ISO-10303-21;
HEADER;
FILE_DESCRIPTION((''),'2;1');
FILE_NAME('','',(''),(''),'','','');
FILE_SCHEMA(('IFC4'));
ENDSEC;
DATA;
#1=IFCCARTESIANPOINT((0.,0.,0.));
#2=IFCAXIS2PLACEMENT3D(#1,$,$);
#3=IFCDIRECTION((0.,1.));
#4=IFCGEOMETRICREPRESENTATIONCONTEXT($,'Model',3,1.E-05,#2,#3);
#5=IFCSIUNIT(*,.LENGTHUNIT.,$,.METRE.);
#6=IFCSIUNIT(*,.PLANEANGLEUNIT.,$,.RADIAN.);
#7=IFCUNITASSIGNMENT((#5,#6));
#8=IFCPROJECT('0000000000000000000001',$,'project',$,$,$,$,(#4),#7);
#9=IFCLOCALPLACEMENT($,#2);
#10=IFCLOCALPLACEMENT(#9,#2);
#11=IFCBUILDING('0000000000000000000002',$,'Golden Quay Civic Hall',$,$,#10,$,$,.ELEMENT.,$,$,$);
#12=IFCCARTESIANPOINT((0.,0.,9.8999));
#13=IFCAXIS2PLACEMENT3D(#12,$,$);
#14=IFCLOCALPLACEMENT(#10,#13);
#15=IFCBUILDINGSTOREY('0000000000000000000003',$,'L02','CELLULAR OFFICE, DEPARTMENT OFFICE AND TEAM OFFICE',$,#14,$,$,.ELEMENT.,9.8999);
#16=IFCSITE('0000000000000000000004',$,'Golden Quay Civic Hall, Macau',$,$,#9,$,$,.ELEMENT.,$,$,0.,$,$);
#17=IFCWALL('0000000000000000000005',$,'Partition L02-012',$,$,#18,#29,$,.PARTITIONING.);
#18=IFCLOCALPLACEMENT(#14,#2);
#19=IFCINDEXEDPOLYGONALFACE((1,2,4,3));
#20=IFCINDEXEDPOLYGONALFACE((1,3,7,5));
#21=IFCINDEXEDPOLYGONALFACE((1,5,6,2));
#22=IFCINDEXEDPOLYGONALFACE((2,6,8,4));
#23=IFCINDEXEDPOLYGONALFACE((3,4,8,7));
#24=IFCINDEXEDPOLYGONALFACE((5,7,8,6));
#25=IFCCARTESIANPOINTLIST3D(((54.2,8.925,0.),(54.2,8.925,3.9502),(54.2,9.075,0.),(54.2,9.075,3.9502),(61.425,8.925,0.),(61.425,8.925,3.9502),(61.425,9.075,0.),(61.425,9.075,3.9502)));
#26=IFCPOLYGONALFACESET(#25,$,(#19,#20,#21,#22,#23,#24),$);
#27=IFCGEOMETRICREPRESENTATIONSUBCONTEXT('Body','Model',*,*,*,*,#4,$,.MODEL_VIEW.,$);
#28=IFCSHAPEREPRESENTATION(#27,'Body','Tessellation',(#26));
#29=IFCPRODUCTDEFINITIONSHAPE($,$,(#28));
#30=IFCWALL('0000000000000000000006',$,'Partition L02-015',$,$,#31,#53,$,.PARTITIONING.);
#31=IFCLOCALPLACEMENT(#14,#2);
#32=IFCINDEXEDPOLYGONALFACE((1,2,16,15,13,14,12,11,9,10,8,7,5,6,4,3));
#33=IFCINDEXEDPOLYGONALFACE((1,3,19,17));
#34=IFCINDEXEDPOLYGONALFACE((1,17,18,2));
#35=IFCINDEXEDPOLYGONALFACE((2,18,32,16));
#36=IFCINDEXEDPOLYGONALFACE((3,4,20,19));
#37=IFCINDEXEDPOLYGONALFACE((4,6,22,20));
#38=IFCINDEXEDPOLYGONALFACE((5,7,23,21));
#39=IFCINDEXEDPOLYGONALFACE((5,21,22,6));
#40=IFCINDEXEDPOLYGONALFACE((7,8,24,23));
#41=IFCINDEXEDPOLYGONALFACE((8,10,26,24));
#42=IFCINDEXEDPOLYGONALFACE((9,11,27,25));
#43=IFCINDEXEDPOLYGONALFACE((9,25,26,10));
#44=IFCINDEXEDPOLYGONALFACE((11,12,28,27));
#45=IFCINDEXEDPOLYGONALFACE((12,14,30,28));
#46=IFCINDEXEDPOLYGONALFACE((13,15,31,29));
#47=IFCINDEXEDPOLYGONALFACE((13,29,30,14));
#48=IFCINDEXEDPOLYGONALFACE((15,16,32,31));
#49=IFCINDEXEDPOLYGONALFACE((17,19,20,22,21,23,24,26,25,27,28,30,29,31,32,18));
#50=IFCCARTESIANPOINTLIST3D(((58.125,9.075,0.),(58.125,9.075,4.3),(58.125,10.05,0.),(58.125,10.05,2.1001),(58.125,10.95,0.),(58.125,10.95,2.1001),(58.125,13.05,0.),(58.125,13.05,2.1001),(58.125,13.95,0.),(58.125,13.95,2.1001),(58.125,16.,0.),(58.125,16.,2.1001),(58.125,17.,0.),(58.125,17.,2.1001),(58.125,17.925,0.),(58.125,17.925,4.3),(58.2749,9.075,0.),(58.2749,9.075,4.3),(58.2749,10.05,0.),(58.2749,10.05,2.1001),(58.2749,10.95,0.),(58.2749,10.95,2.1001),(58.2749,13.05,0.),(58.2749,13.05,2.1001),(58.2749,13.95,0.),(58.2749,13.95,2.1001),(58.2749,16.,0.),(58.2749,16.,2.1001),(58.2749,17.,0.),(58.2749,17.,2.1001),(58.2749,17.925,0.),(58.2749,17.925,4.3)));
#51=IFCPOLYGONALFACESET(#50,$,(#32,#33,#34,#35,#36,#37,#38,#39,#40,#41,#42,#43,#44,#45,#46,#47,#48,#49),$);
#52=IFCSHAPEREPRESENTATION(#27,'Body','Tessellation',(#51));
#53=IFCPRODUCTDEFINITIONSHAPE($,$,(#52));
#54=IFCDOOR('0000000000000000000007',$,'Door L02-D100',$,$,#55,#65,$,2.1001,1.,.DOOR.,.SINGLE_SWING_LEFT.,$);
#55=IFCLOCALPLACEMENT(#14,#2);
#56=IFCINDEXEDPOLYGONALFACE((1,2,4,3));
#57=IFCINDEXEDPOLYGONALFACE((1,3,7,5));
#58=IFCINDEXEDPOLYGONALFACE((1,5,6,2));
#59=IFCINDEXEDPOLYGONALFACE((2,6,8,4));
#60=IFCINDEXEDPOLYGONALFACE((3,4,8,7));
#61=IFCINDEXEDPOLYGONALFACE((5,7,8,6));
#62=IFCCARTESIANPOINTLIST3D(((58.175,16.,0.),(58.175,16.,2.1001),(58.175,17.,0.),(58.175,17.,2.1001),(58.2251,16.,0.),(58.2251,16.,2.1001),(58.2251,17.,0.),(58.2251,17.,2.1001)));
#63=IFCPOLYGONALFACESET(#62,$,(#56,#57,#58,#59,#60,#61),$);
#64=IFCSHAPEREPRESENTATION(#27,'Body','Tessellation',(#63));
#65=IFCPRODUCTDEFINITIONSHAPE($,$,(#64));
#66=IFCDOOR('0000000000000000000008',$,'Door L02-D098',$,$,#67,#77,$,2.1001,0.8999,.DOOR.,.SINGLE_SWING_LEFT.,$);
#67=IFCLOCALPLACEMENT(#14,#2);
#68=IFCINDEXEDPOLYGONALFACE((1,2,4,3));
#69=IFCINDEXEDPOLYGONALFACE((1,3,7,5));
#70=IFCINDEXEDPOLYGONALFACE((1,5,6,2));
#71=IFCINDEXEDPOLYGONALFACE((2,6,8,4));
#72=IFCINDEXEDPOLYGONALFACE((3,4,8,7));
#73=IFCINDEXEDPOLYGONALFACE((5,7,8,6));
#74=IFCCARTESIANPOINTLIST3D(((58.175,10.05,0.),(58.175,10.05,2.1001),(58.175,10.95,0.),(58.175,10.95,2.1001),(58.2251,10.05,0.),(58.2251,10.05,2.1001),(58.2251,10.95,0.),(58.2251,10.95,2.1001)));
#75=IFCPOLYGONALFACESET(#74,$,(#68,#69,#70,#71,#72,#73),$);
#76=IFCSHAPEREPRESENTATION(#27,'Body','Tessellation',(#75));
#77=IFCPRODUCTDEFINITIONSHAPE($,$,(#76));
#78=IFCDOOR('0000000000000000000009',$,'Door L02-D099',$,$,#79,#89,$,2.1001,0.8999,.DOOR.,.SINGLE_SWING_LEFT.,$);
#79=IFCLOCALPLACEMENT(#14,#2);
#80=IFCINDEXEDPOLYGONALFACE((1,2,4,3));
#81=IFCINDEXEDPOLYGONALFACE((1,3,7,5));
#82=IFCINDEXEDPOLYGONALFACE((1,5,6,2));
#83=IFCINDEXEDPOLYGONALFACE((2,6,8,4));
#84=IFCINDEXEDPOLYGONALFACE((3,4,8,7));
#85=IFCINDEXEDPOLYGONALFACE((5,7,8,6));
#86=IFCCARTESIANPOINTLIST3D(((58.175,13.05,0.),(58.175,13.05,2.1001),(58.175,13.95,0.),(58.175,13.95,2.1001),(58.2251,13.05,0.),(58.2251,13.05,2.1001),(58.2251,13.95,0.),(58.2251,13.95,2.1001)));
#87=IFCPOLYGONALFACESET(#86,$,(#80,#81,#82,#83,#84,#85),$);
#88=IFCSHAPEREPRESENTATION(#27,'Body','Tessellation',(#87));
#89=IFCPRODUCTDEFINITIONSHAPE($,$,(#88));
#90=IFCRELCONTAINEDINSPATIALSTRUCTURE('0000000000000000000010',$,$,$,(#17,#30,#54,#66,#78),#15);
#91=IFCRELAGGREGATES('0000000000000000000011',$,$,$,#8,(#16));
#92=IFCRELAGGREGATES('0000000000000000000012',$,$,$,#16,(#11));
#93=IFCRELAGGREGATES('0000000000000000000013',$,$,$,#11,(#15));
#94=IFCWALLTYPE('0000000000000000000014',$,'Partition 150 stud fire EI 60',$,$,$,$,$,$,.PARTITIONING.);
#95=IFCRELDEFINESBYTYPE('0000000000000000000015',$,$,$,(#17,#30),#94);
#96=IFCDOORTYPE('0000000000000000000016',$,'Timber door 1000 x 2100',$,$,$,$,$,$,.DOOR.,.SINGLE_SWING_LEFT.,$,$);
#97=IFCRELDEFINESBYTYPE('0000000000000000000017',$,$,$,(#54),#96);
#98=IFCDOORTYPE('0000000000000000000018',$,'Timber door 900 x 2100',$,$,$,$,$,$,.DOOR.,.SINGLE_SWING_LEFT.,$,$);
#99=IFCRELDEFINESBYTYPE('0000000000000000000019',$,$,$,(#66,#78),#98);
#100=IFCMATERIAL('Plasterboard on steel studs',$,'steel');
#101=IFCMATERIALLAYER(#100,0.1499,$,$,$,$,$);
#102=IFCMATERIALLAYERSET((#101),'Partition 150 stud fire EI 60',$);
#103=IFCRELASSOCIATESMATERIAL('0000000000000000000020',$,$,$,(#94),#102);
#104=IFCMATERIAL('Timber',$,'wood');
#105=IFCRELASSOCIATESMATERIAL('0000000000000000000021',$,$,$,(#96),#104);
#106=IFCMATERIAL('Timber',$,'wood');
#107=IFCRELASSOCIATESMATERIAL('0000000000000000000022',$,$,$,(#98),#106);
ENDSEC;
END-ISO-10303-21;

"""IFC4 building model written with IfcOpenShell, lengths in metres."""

from ifc_helpers import new_model, si_unit, direction, frame, frame_2d, origin, place, context, subcontext, project, spatial, rectangle, extrude, material, layer, layer_set, type_object, element, fill, save


model = new_model("IFC4")

# Units and contexts
model_context = context("Model", 3, precision=1e-05, world=origin(), true_north=direction((0.0, 1.0)))
body_context = subcontext(model_context, "Body", "Model", "MODEL_VIEW")
ifc_project = project(units=[si_unit("LENGTHUNIT", "METRE"), si_unit("PLANEANGLEUNIT", "RADIAN")], contexts=[model_context])

# Site, building, storey
site_placement = place(None, origin())
site = spatial("IfcSite", under=ifc_project, at=site_placement, Name="Golden Quay Civic Hall, Macau", CompositionType="ELEMENT", RefElevation=0.0)
building_placement = place(site_placement, origin())
building = spatial("IfcBuilding", under=site, at=building_placement, Name="Golden Quay Civic Hall", CompositionType="ELEMENT")
storey_placement = place(building_placement, frame((0.0, 0.0, 9.8999)))
storey = spatial("IfcBuildingStorey", under=building, at=storey_placement, Name="L02", Description="CELLULAR OFFICE, DEPARTMENT OFFICE AND TEAM OFFICE", CompositionType="ELEMENT", Elevation=9.8999)

# Wall
ifc_material_1 = material(Name="Plasterboard on steel studs", Category="steel")
ifc_layer_1 = layer(ifc_material_1, 0.1499)
ifc_layer_set_1 = layer_set([ifc_layer_1], Name="Partition 150 stud fire EI 60")
wall_type_1 = type_object("IfcWallType", Name="Partition 150 stud fire EI 60", PredefinedType="PARTITIONING", material=ifc_layer_set_1)
wall_1_placement = place(storey_placement, frame((54.2, 9.0, 0.0), z_axis=(0.0, 0.0, 1.0), x_axis=(1.0, 0.0, 0.0)))
element("IfcWall", 1, at=wall_1_placement, inside=storey, type_object=wall_type_1, Name="Partition L02-012", PredefinedType="PARTITIONING", context=body_context, shape_type="SweptSolid", body=[
    extrude(rectangle(XDim=7.2251, YDim=0.1499, at=frame_2d((3.6125, 0.0))), origin(), (0.0, 0.0, 1.0), 3.9502),
])

# Wall, openings, doors
wall_2_placement = place(storey_placement, frame((58.2, 9.075, 0.0), z_axis=(0.0, 0.0, 1.0), x_axis=(0.0, 1.0, 0.0)))
wall_2 = element("IfcWall", 2, at=wall_2_placement, inside=storey, type_object=wall_type_1, Name="Partition L02-015", PredefinedType="PARTITIONING", context=body_context, shape_type="SweptSolid", body=[
    extrude(rectangle(XDim=8.8501, YDim=0.1499, at=frame_2d((4.425, 0.0))), origin(), (0.0, 0.0, 1.0), 4.3),
])
opening_1_placement = place(wall_2_placement, frame((0.9751, 0.0, 0.0)))
opening_1 = element("IfcOpeningElement", 3, at=opening_1_placement, cuts=wall_2, PredefinedType="OPENING", context=body_context, shape_type="SweptSolid", body=[
    extrude(rectangle(XDim=0.8999, YDim=2.1001, at=frame_2d((0.45, 1.05))), frame((0.0, 0.085, 0.0), z_axis=(0.0, -1.0, 0.0), x_axis=(1.0, 0.0, 0.0)), (0.0, 0.0, 1.0), 0.1699),
])
opening_2_placement = place(wall_2_placement, frame((3.9751, 0.0, 0.0)))
opening_2 = element("IfcOpeningElement", 4, at=opening_2_placement, cuts=wall_2, PredefinedType="OPENING", context=body_context, shape_type="SweptSolid", body=[
    extrude(rectangle(XDim=0.8999, YDim=2.1001, at=frame_2d((0.45, 1.05))), frame((0.0, 0.085, 0.0), z_axis=(0.0, -1.0, 0.0), x_axis=(1.0, 0.0, 0.0)), (0.0, 0.0, 1.0), 0.1699),
])
opening_3_placement = place(wall_2_placement, frame((6.925, 0.0, 0.0)))
opening_3 = element("IfcOpeningElement", 5, at=opening_3_placement, cuts=wall_2, PredefinedType="OPENING", context=body_context, shape_type="SweptSolid", body=[
    extrude(rectangle(XDim=1.0, YDim=2.1001, at=frame_2d((0.5, 1.05))), frame((0.0, 0.085, 0.0), z_axis=(0.0, -1.0, 0.0), x_axis=(1.0, 0.0, 0.0)), (0.0, 0.0, 1.0), 0.1699),
])
ifc_material_2 = material(Name="Timber", Category="wood")
door_type_1 = type_object("IfcDoorType", Name="Timber door 1000 x 2100", OperationType="SINGLE_SWING_LEFT", PredefinedType="DOOR", material=ifc_material_2)
door_1_placement = place(opening_3_placement, origin())
door_1 = element("IfcDoor", 6, at=door_1_placement, inside=storey, type_object=door_type_1, Name="Door L02-D100", OperationType="SINGLE_SWING_LEFT", OverallHeight=2.1001, OverallWidth=1.0, PredefinedType="DOOR", context=body_context, shape_type="SweptSolid", body=[
    extrude(rectangle(XDim=1.0, YDim=2.1001, at=frame_2d((0.5, 1.05))), frame((0.0, 0.0249, 0.0), z_axis=(0.0, -1.0, 0.0), x_axis=(1.0, 0.0, 0.0)), (0.0, 0.0, 1.0), 0.05),
])
fill(opening_3, door_1)
ifc_material_3 = material(Name="Timber", Category="wood")
door_type_2 = type_object("IfcDoorType", Name="Timber door 900 x 2100", OperationType="SINGLE_SWING_LEFT", PredefinedType="DOOR", material=ifc_material_3)
door_2_placement = place(opening_1_placement, origin())
door_2 = element("IfcDoor", 7, at=door_2_placement, inside=storey, type_object=door_type_2, Name="Door L02-D098", OperationType="SINGLE_SWING_LEFT", OverallHeight=2.1001, OverallWidth=0.8999, PredefinedType="DOOR", context=body_context, shape_type="SweptSolid", body=[
    extrude(rectangle(XDim=0.8999, YDim=2.1001, at=frame_2d((0.45, 1.05))), frame((0.0, 0.0249, 0.0), z_axis=(0.0, -1.0, 0.0), x_axis=(1.0, 0.0, 0.0)), (0.0, 0.0, 1.0), 0.05),
])
fill(opening_1, door_2)
door_3_placement = place(opening_2_placement, origin())
door_3 = element("IfcDoor", 8, at=door_3_placement, inside=storey, type_object=door_type_2, Name="Door L02-D099", OperationType="SINGLE_SWING_LEFT", OverallHeight=2.1001, OverallWidth=0.8999, PredefinedType="DOOR", context=body_context, shape_type="SweptSolid", body=[
    extrude(rectangle(XDim=0.8999, YDim=2.1001, at=frame_2d((0.45, 1.05))), frame((0.0, 0.0249, 0.0), z_axis=(0.0, -1.0, 0.0), x_axis=(1.0, 0.0, 0.0)), (0.0, 0.0, 1.0), 0.05),
])
fill(opening_2, door_3)

save(model, "model.ifc")
